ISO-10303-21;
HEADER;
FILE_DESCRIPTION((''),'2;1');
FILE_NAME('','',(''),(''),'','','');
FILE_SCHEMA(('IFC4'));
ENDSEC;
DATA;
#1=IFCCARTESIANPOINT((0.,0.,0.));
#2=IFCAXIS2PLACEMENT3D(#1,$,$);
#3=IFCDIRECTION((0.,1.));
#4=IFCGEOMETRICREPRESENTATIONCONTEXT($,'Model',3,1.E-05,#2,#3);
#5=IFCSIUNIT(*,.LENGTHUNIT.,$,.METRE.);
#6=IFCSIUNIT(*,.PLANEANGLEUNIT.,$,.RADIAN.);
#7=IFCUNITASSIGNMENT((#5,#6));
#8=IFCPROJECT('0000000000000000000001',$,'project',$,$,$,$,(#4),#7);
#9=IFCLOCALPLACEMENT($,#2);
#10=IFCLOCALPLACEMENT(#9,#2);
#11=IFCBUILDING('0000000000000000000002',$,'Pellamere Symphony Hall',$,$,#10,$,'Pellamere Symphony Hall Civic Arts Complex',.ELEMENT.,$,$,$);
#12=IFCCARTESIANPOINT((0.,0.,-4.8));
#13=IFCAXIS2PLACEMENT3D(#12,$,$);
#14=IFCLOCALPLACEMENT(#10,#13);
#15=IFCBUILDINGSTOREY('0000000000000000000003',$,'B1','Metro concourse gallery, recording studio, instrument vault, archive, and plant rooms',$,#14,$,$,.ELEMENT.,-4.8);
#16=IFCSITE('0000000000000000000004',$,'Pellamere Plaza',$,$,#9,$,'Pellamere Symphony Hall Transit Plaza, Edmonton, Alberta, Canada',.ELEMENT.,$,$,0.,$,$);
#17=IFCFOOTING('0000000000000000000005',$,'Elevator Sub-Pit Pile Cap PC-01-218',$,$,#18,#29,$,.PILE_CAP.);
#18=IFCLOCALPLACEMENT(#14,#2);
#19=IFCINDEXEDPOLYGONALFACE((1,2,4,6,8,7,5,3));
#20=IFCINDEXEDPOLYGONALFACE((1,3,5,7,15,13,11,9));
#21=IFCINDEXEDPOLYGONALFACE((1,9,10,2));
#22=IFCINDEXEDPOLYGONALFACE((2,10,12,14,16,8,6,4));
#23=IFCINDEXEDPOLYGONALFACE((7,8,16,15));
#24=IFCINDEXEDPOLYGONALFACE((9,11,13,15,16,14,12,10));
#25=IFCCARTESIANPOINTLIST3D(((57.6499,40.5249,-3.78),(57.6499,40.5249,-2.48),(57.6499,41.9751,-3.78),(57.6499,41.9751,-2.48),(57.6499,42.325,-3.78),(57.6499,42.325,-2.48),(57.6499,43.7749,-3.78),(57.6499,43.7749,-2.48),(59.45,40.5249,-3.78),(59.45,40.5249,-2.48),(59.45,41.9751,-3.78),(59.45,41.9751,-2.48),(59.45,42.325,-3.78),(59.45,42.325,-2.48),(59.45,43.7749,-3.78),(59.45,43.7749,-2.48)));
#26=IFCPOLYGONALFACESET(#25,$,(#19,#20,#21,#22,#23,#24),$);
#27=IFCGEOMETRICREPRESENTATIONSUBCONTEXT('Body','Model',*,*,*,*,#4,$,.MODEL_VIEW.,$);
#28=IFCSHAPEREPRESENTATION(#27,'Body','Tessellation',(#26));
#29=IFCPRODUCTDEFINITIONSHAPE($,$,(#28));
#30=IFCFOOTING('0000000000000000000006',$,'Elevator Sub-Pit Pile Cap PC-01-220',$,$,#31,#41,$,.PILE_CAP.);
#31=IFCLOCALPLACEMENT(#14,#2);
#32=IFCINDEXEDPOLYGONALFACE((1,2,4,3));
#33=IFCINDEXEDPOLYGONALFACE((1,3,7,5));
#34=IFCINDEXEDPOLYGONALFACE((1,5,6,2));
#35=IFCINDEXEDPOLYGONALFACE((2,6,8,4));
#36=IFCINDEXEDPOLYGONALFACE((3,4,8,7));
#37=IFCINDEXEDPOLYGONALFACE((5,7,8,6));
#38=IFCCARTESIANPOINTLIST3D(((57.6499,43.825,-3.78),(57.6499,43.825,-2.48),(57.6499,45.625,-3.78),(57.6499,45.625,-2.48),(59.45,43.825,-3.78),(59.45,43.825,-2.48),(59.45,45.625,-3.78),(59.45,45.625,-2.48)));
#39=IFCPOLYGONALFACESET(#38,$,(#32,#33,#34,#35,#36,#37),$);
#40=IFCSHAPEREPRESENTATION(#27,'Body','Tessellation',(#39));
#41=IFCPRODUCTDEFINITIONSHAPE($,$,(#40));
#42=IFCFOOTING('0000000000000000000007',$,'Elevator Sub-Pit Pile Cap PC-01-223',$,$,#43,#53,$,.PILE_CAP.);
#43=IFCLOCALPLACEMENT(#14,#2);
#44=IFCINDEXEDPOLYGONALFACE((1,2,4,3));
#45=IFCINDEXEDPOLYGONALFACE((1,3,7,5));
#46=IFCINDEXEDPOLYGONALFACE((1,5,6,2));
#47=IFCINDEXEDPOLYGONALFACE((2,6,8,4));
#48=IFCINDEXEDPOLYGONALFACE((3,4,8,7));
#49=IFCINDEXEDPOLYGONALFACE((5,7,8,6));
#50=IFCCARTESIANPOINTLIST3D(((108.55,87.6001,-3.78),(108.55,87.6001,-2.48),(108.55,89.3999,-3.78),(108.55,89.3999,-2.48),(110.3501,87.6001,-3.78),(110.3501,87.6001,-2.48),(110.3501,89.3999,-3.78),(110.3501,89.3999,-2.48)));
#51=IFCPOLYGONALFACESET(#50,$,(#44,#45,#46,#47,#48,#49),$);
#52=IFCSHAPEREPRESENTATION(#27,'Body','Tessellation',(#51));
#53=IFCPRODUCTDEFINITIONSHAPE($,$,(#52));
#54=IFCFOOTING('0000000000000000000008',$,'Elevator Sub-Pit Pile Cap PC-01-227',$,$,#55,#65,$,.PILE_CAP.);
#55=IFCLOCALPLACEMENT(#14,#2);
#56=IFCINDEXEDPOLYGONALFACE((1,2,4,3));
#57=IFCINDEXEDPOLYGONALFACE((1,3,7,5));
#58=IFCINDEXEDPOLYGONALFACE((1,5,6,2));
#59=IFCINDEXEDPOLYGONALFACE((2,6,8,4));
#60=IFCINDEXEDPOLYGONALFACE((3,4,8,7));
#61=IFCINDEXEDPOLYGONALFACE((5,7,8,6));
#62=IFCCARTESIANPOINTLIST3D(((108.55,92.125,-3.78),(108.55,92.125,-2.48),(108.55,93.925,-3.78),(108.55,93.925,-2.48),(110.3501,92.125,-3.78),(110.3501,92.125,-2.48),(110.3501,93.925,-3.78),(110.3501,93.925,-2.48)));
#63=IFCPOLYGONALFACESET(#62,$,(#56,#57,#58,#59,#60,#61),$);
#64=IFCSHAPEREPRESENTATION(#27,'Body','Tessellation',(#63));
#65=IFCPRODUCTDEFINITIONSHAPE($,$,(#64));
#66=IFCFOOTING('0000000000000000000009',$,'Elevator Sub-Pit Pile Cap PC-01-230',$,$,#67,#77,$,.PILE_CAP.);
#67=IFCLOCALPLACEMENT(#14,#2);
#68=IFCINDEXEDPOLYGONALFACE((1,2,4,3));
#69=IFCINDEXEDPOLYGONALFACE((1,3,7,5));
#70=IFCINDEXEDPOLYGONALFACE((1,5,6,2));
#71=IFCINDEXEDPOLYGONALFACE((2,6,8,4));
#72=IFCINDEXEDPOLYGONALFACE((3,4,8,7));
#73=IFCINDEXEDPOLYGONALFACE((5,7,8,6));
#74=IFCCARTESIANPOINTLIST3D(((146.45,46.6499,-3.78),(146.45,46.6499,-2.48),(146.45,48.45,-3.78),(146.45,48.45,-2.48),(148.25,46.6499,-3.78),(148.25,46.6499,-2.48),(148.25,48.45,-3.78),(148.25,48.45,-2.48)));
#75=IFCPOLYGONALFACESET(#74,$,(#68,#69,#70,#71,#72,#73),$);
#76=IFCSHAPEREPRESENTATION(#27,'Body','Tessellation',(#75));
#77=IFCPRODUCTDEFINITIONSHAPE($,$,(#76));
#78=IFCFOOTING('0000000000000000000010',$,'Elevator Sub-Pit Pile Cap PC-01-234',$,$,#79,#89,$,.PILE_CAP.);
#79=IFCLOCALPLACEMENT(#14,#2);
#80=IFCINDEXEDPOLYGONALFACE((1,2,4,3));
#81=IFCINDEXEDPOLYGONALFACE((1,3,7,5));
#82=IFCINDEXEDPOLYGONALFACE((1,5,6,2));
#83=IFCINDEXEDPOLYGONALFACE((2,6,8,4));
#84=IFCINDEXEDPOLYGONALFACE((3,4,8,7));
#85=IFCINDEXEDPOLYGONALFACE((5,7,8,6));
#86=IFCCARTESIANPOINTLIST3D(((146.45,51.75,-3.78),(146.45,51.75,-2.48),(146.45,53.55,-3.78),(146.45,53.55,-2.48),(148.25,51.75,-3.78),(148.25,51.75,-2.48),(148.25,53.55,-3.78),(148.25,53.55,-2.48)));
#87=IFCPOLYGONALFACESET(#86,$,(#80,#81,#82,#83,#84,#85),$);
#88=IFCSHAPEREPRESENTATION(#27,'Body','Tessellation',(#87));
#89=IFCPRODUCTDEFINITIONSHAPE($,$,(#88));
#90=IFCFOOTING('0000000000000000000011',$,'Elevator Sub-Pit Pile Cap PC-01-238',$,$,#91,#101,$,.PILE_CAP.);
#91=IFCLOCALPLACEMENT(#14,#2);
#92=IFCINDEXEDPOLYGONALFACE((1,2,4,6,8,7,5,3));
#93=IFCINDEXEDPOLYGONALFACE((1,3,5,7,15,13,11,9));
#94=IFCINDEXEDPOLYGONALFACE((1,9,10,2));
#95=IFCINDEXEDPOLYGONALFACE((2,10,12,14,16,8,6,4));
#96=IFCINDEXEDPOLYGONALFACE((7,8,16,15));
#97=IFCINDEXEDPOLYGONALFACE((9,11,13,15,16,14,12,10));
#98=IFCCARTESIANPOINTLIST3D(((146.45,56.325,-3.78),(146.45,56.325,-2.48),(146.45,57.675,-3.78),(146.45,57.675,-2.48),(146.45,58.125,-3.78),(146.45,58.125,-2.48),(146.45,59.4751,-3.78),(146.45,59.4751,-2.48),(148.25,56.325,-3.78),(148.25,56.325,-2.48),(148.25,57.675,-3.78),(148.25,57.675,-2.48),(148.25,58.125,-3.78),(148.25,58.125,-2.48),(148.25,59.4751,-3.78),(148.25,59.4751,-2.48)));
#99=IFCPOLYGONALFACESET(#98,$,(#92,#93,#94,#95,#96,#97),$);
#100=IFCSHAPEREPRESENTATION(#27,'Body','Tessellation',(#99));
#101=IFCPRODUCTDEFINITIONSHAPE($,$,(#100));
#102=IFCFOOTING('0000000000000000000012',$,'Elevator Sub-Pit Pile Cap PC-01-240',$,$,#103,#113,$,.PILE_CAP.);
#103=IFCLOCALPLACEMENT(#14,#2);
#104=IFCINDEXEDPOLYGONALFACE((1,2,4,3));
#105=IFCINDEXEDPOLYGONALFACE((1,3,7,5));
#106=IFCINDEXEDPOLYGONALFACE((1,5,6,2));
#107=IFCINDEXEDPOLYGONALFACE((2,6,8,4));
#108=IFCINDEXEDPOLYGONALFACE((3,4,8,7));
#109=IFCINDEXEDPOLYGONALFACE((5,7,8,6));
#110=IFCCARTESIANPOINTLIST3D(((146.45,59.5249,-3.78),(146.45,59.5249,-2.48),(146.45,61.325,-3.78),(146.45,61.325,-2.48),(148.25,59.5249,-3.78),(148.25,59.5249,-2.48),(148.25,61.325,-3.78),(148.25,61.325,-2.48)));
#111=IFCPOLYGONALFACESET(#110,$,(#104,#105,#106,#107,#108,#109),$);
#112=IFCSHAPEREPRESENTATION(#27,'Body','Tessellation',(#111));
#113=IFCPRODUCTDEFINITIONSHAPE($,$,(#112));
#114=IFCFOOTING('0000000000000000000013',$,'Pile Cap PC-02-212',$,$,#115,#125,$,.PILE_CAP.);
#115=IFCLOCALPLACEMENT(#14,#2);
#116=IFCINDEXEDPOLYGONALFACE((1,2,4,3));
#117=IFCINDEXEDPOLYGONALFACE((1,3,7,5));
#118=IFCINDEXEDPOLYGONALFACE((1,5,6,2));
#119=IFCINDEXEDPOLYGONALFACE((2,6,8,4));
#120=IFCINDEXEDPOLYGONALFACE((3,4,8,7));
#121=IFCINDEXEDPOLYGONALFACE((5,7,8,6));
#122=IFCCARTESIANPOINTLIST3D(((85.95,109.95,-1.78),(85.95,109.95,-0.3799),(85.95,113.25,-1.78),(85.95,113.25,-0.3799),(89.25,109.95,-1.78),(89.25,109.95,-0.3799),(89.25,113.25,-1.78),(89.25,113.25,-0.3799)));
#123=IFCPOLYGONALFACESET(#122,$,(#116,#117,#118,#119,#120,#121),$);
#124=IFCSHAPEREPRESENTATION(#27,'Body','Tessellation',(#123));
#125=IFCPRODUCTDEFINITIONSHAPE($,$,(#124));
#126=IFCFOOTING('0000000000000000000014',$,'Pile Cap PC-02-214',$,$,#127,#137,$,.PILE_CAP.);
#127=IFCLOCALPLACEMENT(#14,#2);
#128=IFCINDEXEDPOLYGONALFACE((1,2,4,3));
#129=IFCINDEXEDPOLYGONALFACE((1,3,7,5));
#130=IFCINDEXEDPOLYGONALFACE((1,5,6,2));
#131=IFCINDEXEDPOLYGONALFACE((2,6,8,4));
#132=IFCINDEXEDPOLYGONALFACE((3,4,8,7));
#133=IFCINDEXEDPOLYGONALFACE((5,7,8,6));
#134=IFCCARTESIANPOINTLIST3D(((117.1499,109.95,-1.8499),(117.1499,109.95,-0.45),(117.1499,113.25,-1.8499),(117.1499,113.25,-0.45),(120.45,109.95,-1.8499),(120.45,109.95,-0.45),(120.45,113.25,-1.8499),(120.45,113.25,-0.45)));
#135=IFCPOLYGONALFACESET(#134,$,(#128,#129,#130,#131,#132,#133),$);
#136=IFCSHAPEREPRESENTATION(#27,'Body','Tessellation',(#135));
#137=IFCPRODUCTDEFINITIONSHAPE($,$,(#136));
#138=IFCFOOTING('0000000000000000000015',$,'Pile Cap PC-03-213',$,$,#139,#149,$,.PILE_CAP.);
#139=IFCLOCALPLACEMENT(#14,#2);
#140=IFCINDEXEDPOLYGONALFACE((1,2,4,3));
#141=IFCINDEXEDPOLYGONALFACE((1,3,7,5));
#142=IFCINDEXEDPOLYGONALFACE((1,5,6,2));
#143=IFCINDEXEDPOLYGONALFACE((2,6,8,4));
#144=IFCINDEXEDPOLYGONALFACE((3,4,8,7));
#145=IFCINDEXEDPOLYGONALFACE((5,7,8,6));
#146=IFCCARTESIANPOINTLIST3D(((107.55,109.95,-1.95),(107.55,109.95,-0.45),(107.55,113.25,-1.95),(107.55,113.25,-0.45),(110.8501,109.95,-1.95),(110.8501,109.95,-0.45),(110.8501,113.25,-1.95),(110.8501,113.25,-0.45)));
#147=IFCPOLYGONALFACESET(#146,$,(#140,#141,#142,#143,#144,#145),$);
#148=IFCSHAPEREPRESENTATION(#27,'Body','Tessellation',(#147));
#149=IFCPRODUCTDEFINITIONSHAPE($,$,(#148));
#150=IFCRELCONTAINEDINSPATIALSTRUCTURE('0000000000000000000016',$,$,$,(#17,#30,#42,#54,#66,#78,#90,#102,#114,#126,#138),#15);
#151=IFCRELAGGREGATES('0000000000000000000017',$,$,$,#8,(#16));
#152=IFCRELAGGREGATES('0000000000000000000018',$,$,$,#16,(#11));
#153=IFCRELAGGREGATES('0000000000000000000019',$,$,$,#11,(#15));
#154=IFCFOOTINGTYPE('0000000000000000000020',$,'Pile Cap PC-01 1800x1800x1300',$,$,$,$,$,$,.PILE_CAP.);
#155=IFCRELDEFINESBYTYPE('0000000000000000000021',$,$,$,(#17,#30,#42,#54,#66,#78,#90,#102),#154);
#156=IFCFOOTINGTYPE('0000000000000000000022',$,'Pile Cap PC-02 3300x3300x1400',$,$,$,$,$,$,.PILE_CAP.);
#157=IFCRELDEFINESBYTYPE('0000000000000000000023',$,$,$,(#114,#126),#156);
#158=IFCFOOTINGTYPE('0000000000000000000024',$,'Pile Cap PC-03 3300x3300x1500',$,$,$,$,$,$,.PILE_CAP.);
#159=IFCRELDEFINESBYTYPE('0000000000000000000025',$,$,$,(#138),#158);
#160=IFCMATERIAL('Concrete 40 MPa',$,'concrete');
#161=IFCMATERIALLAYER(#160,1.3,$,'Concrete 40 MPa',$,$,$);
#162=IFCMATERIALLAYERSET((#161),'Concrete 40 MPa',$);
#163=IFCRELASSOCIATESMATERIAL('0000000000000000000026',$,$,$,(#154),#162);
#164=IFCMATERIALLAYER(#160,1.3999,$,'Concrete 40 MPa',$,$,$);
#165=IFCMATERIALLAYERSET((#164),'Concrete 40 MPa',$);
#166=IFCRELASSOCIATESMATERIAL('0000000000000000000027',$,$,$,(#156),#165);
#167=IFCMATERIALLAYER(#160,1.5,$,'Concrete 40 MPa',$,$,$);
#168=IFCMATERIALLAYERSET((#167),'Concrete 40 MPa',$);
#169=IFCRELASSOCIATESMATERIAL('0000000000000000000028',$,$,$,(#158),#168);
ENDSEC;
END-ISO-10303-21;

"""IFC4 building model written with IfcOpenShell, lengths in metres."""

from ifc_helpers import new_model, si_unit, direction, frame, origin, place, context, subcontext, project, spatial, polyline, outline, extrude, material, layer, layer_set, type_object, element, save


model = new_model("IFC4")

# Units and contexts
model_context = context("Model", 3, precision=1e-05, world=origin(), true_north=direction((0.0, 1.0)))
body_context = subcontext(model_context, "Body", "Model", "MODEL_VIEW")
ifc_project = project(units=[si_unit("LENGTHUNIT", "METRE"), si_unit("PLANEANGLEUNIT", "RADIAN")], contexts=[model_context])

# Site, building, storey
site_placement = place(None, origin())
site = spatial("IfcSite", under=ifc_project, at=site_placement, Name="Pellamere Plaza", LongName="Pellamere Symphony Hall Transit Plaza, Edmonton, Alberta, Canada", CompositionType="ELEMENT", RefElevation=0.0)
building_placement = place(site_placement, origin())
building = spatial("IfcBuilding", under=site, at=building_placement, Name="Pellamere Symphony Hall", LongName="Pellamere Symphony Hall Civic Arts Complex", CompositionType="ELEMENT")
storey_placement = place(building_placement, frame((0.0, 0.0, -4.8)))
storey = spatial("IfcBuildingStorey", under=building, at=storey_placement, Name="B1", Description="Metro concourse gallery, recording studio, instrument vault, archive, and plant rooms", CompositionType="ELEMENT", Elevation=-4.8)

# Footings
ifc_material_1 = material(Name="Concrete 40 MPa", Category="concrete")
ifc_layer_1 = layer(ifc_material_1, 1.3, Name="Concrete 40 MPa")
ifc_layer_set_1 = layer_set([ifc_layer_1], Name="Concrete 40 MPa")
footing_type_1 = type_object("IfcFootingType", Name="Pile Cap PC-01 1800x1800x1300", PredefinedType="PILE_CAP", material=ifc_layer_set_1)
footing_1_placement = place(storey_placement, frame((0.0, 0.0, -3.78)))
element("IfcFooting", 1, at=footing_1_placement, inside=storey, type_object=footing_type_1, Name="Elevator Sub-Pit Pile Cap PC-01-218", PredefinedType="PILE_CAP", context=body_context, shape_type="SweptSolid", body=[
    extrude(outline(polyline([(57.6499, 40.5249), (57.6499, 41.9751), (57.6499, 42.325), (57.6499, 43.7749), (59.45, 43.7749), (59.45, 42.325), (59.45, 41.9751), (59.45, 40.5249), (57.6499, 40.5249)])), origin(), (0.0, 0.0, 1.0), 1.3),
])
footing_2_placement = place(storey_placement, frame((0.0, 0.0, -3.78)))
element("IfcFooting", 2, at=footing_2_placement, inside=storey, type_object=footing_type_1, Name="Elevator Sub-Pit Pile Cap PC-01-220", PredefinedType="PILE_CAP", context=body_context, shape_type="SweptSolid", body=[
    extrude(outline(polyline([(57.6499, 43.825), (57.6499, 45.625), (59.45, 45.625), (59.45, 43.825), (57.6499, 43.825)])), origin(), (0.0, 0.0, 1.0), 1.3),
])
footing_3_placement = place(storey_placement, frame((0.0, 0.0, -3.78)))
element("IfcFooting", 3, at=footing_3_placement, inside=storey, type_object=footing_type_1, Name="Elevator Sub-Pit Pile Cap PC-01-223", PredefinedType="PILE_CAP", context=body_context, shape_type="SweptSolid", body=[
    extrude(outline(polyline([(108.55, 87.6001), (108.55, 89.3999), (110.3501, 89.3999), (110.3501, 87.6001), (108.55, 87.6001)])), origin(), (0.0, 0.0, 1.0), 1.3),
])
footing_4_placement = place(storey_placement, frame((0.0, 0.0, -3.78)))
element("IfcFooting", 4, at=footing_4_placement, inside=storey, type_object=footing_type_1, Name="Elevator Sub-Pit Pile Cap PC-01-227", PredefinedType="PILE_CAP", context=body_context, shape_type="SweptSolid", body=[
    extrude(outline(polyline([(108.55, 92.125), (108.55, 93.925), (110.3501, 93.925), (110.3501, 92.125), (108.55, 92.125)])), origin(), (0.0, 0.0, 1.0), 1.3),
])
footing_5_placement = place(storey_placement, frame((0.0, 0.0, -3.78)))
element("IfcFooting", 5, at=footing_5_placement, inside=storey, type_object=footing_type_1, Name="Elevator Sub-Pit Pile Cap PC-01-230", PredefinedType="PILE_CAP", context=body_context, shape_type="SweptSolid", body=[
    extrude(outline(polyline([(146.45, 46.6499), (146.45, 48.45), (148.25, 48.45), (148.25, 46.6499), (146.45, 46.6499)])), origin(), (0.0, 0.0, 1.0), 1.3),
])
footing_6_placement = place(storey_placement, frame((0.0, 0.0, -3.78)))
element("IfcFooting", 6, at=footing_6_placement, inside=storey, type_object=footing_type_1, Name="Elevator Sub-Pit Pile Cap PC-01-234", PredefinedType="PILE_CAP", context=body_context, shape_type="SweptSolid", body=[
    extrude(outline(polyline([(146.45, 51.75), (146.45, 53.55), (148.25, 53.55), (148.25, 51.75), (146.45, 51.75)])), origin(), (0.0, 0.0, 1.0), 1.3),
])
footing_7_placement = place(storey_placement, frame((0.0, 0.0, -3.78)))
element("IfcFooting", 7, at=footing_7_placement, inside=storey, type_object=footing_type_1, Name="Elevator Sub-Pit Pile Cap PC-01-238", PredefinedType="PILE_CAP", context=body_context, shape_type="SweptSolid", body=[
    extrude(outline(polyline([(146.45, 56.325), (146.45, 57.675), (146.45, 58.125), (146.45, 59.4751), (148.25, 59.4751), (148.25, 58.125), (148.25, 57.675), (148.25, 56.325), (146.45, 56.325)])), origin(), (0.0, 0.0, 1.0), 1.3),
])
footing_8_placement = place(storey_placement, frame((0.0, 0.0, -3.78)))
element("IfcFooting", 8, at=footing_8_placement, inside=storey, type_object=footing_type_1, Name="Elevator Sub-Pit Pile Cap PC-01-240", PredefinedType="PILE_CAP", context=body_context, shape_type="SweptSolid", body=[
    extrude(outline(polyline([(146.45, 59.5249), (146.45, 61.325), (148.25, 61.325), (148.25, 59.5249), (146.45, 59.5249)])), origin(), (0.0, 0.0, 1.0), 1.3),
])
ifc_layer_2 = layer(ifc_material_1, 1.3999, Name="Concrete 40 MPa")
ifc_layer_set_2 = layer_set([ifc_layer_2], Name="Concrete 40 MPa")
footing_type_2 = type_object("IfcFootingType", Name="Pile Cap PC-02 3300x3300x1400", PredefinedType="PILE_CAP", material=ifc_layer_set_2)
footing_9_placement = place(storey_placement, frame((0.0, 0.0, -1.78)))
element("IfcFooting", 9, at=footing_9_placement, inside=storey, type_object=footing_type_2, Name="Pile Cap PC-02-212", PredefinedType="PILE_CAP", context=body_context, shape_type="SweptSolid", body=[
    extrude(outline(polyline([(85.95, 109.95), (85.95, 113.25), (89.25, 113.25), (89.25, 109.95), (85.95, 109.95)])), origin(), (0.0, 0.0, 1.0), 1.4001),
])
footing_10_placement = place(storey_placement, frame((0.0, 0.0, -1.8499)))
element("IfcFooting", 10, at=footing_10_placement, inside=storey, type_object=footing_type_2, Name="Pile Cap PC-02-214", PredefinedType="PILE_CAP", context=body_context, shape_type="SweptSolid", body=[
    extrude(outline(polyline([(117.1499, 109.95), (117.1499, 113.25), (120.45, 113.25), (120.45, 109.95), (117.1499, 109.95)])), origin(), (0.0, 0.0, 1.0), 1.3999),
])
ifc_layer_3 = layer(ifc_material_1, 1.5, Name="Concrete 40 MPa")
ifc_layer_set_3 = layer_set([ifc_layer_3], Name="Concrete 40 MPa")
footing_type_3 = type_object("IfcFootingType", Name="Pile Cap PC-03 3300x3300x1500", PredefinedType="PILE_CAP", material=ifc_layer_set_3)
footing_11_placement = place(storey_placement, frame((0.0, 0.0, -1.95)))
element("IfcFooting", 11, at=footing_11_placement, inside=storey, type_object=footing_type_3, Name="Pile Cap PC-03-213", PredefinedType="PILE_CAP", context=body_context, shape_type="SweptSolid", body=[
    extrude(outline(polyline([(107.55, 109.95), (107.55, 113.25), (110.8501, 113.25), (110.8501, 109.95), (107.55, 109.95)])), origin(), (0.0, 0.0, 1.0), 1.5),
])

save(model, "model.ifc")
